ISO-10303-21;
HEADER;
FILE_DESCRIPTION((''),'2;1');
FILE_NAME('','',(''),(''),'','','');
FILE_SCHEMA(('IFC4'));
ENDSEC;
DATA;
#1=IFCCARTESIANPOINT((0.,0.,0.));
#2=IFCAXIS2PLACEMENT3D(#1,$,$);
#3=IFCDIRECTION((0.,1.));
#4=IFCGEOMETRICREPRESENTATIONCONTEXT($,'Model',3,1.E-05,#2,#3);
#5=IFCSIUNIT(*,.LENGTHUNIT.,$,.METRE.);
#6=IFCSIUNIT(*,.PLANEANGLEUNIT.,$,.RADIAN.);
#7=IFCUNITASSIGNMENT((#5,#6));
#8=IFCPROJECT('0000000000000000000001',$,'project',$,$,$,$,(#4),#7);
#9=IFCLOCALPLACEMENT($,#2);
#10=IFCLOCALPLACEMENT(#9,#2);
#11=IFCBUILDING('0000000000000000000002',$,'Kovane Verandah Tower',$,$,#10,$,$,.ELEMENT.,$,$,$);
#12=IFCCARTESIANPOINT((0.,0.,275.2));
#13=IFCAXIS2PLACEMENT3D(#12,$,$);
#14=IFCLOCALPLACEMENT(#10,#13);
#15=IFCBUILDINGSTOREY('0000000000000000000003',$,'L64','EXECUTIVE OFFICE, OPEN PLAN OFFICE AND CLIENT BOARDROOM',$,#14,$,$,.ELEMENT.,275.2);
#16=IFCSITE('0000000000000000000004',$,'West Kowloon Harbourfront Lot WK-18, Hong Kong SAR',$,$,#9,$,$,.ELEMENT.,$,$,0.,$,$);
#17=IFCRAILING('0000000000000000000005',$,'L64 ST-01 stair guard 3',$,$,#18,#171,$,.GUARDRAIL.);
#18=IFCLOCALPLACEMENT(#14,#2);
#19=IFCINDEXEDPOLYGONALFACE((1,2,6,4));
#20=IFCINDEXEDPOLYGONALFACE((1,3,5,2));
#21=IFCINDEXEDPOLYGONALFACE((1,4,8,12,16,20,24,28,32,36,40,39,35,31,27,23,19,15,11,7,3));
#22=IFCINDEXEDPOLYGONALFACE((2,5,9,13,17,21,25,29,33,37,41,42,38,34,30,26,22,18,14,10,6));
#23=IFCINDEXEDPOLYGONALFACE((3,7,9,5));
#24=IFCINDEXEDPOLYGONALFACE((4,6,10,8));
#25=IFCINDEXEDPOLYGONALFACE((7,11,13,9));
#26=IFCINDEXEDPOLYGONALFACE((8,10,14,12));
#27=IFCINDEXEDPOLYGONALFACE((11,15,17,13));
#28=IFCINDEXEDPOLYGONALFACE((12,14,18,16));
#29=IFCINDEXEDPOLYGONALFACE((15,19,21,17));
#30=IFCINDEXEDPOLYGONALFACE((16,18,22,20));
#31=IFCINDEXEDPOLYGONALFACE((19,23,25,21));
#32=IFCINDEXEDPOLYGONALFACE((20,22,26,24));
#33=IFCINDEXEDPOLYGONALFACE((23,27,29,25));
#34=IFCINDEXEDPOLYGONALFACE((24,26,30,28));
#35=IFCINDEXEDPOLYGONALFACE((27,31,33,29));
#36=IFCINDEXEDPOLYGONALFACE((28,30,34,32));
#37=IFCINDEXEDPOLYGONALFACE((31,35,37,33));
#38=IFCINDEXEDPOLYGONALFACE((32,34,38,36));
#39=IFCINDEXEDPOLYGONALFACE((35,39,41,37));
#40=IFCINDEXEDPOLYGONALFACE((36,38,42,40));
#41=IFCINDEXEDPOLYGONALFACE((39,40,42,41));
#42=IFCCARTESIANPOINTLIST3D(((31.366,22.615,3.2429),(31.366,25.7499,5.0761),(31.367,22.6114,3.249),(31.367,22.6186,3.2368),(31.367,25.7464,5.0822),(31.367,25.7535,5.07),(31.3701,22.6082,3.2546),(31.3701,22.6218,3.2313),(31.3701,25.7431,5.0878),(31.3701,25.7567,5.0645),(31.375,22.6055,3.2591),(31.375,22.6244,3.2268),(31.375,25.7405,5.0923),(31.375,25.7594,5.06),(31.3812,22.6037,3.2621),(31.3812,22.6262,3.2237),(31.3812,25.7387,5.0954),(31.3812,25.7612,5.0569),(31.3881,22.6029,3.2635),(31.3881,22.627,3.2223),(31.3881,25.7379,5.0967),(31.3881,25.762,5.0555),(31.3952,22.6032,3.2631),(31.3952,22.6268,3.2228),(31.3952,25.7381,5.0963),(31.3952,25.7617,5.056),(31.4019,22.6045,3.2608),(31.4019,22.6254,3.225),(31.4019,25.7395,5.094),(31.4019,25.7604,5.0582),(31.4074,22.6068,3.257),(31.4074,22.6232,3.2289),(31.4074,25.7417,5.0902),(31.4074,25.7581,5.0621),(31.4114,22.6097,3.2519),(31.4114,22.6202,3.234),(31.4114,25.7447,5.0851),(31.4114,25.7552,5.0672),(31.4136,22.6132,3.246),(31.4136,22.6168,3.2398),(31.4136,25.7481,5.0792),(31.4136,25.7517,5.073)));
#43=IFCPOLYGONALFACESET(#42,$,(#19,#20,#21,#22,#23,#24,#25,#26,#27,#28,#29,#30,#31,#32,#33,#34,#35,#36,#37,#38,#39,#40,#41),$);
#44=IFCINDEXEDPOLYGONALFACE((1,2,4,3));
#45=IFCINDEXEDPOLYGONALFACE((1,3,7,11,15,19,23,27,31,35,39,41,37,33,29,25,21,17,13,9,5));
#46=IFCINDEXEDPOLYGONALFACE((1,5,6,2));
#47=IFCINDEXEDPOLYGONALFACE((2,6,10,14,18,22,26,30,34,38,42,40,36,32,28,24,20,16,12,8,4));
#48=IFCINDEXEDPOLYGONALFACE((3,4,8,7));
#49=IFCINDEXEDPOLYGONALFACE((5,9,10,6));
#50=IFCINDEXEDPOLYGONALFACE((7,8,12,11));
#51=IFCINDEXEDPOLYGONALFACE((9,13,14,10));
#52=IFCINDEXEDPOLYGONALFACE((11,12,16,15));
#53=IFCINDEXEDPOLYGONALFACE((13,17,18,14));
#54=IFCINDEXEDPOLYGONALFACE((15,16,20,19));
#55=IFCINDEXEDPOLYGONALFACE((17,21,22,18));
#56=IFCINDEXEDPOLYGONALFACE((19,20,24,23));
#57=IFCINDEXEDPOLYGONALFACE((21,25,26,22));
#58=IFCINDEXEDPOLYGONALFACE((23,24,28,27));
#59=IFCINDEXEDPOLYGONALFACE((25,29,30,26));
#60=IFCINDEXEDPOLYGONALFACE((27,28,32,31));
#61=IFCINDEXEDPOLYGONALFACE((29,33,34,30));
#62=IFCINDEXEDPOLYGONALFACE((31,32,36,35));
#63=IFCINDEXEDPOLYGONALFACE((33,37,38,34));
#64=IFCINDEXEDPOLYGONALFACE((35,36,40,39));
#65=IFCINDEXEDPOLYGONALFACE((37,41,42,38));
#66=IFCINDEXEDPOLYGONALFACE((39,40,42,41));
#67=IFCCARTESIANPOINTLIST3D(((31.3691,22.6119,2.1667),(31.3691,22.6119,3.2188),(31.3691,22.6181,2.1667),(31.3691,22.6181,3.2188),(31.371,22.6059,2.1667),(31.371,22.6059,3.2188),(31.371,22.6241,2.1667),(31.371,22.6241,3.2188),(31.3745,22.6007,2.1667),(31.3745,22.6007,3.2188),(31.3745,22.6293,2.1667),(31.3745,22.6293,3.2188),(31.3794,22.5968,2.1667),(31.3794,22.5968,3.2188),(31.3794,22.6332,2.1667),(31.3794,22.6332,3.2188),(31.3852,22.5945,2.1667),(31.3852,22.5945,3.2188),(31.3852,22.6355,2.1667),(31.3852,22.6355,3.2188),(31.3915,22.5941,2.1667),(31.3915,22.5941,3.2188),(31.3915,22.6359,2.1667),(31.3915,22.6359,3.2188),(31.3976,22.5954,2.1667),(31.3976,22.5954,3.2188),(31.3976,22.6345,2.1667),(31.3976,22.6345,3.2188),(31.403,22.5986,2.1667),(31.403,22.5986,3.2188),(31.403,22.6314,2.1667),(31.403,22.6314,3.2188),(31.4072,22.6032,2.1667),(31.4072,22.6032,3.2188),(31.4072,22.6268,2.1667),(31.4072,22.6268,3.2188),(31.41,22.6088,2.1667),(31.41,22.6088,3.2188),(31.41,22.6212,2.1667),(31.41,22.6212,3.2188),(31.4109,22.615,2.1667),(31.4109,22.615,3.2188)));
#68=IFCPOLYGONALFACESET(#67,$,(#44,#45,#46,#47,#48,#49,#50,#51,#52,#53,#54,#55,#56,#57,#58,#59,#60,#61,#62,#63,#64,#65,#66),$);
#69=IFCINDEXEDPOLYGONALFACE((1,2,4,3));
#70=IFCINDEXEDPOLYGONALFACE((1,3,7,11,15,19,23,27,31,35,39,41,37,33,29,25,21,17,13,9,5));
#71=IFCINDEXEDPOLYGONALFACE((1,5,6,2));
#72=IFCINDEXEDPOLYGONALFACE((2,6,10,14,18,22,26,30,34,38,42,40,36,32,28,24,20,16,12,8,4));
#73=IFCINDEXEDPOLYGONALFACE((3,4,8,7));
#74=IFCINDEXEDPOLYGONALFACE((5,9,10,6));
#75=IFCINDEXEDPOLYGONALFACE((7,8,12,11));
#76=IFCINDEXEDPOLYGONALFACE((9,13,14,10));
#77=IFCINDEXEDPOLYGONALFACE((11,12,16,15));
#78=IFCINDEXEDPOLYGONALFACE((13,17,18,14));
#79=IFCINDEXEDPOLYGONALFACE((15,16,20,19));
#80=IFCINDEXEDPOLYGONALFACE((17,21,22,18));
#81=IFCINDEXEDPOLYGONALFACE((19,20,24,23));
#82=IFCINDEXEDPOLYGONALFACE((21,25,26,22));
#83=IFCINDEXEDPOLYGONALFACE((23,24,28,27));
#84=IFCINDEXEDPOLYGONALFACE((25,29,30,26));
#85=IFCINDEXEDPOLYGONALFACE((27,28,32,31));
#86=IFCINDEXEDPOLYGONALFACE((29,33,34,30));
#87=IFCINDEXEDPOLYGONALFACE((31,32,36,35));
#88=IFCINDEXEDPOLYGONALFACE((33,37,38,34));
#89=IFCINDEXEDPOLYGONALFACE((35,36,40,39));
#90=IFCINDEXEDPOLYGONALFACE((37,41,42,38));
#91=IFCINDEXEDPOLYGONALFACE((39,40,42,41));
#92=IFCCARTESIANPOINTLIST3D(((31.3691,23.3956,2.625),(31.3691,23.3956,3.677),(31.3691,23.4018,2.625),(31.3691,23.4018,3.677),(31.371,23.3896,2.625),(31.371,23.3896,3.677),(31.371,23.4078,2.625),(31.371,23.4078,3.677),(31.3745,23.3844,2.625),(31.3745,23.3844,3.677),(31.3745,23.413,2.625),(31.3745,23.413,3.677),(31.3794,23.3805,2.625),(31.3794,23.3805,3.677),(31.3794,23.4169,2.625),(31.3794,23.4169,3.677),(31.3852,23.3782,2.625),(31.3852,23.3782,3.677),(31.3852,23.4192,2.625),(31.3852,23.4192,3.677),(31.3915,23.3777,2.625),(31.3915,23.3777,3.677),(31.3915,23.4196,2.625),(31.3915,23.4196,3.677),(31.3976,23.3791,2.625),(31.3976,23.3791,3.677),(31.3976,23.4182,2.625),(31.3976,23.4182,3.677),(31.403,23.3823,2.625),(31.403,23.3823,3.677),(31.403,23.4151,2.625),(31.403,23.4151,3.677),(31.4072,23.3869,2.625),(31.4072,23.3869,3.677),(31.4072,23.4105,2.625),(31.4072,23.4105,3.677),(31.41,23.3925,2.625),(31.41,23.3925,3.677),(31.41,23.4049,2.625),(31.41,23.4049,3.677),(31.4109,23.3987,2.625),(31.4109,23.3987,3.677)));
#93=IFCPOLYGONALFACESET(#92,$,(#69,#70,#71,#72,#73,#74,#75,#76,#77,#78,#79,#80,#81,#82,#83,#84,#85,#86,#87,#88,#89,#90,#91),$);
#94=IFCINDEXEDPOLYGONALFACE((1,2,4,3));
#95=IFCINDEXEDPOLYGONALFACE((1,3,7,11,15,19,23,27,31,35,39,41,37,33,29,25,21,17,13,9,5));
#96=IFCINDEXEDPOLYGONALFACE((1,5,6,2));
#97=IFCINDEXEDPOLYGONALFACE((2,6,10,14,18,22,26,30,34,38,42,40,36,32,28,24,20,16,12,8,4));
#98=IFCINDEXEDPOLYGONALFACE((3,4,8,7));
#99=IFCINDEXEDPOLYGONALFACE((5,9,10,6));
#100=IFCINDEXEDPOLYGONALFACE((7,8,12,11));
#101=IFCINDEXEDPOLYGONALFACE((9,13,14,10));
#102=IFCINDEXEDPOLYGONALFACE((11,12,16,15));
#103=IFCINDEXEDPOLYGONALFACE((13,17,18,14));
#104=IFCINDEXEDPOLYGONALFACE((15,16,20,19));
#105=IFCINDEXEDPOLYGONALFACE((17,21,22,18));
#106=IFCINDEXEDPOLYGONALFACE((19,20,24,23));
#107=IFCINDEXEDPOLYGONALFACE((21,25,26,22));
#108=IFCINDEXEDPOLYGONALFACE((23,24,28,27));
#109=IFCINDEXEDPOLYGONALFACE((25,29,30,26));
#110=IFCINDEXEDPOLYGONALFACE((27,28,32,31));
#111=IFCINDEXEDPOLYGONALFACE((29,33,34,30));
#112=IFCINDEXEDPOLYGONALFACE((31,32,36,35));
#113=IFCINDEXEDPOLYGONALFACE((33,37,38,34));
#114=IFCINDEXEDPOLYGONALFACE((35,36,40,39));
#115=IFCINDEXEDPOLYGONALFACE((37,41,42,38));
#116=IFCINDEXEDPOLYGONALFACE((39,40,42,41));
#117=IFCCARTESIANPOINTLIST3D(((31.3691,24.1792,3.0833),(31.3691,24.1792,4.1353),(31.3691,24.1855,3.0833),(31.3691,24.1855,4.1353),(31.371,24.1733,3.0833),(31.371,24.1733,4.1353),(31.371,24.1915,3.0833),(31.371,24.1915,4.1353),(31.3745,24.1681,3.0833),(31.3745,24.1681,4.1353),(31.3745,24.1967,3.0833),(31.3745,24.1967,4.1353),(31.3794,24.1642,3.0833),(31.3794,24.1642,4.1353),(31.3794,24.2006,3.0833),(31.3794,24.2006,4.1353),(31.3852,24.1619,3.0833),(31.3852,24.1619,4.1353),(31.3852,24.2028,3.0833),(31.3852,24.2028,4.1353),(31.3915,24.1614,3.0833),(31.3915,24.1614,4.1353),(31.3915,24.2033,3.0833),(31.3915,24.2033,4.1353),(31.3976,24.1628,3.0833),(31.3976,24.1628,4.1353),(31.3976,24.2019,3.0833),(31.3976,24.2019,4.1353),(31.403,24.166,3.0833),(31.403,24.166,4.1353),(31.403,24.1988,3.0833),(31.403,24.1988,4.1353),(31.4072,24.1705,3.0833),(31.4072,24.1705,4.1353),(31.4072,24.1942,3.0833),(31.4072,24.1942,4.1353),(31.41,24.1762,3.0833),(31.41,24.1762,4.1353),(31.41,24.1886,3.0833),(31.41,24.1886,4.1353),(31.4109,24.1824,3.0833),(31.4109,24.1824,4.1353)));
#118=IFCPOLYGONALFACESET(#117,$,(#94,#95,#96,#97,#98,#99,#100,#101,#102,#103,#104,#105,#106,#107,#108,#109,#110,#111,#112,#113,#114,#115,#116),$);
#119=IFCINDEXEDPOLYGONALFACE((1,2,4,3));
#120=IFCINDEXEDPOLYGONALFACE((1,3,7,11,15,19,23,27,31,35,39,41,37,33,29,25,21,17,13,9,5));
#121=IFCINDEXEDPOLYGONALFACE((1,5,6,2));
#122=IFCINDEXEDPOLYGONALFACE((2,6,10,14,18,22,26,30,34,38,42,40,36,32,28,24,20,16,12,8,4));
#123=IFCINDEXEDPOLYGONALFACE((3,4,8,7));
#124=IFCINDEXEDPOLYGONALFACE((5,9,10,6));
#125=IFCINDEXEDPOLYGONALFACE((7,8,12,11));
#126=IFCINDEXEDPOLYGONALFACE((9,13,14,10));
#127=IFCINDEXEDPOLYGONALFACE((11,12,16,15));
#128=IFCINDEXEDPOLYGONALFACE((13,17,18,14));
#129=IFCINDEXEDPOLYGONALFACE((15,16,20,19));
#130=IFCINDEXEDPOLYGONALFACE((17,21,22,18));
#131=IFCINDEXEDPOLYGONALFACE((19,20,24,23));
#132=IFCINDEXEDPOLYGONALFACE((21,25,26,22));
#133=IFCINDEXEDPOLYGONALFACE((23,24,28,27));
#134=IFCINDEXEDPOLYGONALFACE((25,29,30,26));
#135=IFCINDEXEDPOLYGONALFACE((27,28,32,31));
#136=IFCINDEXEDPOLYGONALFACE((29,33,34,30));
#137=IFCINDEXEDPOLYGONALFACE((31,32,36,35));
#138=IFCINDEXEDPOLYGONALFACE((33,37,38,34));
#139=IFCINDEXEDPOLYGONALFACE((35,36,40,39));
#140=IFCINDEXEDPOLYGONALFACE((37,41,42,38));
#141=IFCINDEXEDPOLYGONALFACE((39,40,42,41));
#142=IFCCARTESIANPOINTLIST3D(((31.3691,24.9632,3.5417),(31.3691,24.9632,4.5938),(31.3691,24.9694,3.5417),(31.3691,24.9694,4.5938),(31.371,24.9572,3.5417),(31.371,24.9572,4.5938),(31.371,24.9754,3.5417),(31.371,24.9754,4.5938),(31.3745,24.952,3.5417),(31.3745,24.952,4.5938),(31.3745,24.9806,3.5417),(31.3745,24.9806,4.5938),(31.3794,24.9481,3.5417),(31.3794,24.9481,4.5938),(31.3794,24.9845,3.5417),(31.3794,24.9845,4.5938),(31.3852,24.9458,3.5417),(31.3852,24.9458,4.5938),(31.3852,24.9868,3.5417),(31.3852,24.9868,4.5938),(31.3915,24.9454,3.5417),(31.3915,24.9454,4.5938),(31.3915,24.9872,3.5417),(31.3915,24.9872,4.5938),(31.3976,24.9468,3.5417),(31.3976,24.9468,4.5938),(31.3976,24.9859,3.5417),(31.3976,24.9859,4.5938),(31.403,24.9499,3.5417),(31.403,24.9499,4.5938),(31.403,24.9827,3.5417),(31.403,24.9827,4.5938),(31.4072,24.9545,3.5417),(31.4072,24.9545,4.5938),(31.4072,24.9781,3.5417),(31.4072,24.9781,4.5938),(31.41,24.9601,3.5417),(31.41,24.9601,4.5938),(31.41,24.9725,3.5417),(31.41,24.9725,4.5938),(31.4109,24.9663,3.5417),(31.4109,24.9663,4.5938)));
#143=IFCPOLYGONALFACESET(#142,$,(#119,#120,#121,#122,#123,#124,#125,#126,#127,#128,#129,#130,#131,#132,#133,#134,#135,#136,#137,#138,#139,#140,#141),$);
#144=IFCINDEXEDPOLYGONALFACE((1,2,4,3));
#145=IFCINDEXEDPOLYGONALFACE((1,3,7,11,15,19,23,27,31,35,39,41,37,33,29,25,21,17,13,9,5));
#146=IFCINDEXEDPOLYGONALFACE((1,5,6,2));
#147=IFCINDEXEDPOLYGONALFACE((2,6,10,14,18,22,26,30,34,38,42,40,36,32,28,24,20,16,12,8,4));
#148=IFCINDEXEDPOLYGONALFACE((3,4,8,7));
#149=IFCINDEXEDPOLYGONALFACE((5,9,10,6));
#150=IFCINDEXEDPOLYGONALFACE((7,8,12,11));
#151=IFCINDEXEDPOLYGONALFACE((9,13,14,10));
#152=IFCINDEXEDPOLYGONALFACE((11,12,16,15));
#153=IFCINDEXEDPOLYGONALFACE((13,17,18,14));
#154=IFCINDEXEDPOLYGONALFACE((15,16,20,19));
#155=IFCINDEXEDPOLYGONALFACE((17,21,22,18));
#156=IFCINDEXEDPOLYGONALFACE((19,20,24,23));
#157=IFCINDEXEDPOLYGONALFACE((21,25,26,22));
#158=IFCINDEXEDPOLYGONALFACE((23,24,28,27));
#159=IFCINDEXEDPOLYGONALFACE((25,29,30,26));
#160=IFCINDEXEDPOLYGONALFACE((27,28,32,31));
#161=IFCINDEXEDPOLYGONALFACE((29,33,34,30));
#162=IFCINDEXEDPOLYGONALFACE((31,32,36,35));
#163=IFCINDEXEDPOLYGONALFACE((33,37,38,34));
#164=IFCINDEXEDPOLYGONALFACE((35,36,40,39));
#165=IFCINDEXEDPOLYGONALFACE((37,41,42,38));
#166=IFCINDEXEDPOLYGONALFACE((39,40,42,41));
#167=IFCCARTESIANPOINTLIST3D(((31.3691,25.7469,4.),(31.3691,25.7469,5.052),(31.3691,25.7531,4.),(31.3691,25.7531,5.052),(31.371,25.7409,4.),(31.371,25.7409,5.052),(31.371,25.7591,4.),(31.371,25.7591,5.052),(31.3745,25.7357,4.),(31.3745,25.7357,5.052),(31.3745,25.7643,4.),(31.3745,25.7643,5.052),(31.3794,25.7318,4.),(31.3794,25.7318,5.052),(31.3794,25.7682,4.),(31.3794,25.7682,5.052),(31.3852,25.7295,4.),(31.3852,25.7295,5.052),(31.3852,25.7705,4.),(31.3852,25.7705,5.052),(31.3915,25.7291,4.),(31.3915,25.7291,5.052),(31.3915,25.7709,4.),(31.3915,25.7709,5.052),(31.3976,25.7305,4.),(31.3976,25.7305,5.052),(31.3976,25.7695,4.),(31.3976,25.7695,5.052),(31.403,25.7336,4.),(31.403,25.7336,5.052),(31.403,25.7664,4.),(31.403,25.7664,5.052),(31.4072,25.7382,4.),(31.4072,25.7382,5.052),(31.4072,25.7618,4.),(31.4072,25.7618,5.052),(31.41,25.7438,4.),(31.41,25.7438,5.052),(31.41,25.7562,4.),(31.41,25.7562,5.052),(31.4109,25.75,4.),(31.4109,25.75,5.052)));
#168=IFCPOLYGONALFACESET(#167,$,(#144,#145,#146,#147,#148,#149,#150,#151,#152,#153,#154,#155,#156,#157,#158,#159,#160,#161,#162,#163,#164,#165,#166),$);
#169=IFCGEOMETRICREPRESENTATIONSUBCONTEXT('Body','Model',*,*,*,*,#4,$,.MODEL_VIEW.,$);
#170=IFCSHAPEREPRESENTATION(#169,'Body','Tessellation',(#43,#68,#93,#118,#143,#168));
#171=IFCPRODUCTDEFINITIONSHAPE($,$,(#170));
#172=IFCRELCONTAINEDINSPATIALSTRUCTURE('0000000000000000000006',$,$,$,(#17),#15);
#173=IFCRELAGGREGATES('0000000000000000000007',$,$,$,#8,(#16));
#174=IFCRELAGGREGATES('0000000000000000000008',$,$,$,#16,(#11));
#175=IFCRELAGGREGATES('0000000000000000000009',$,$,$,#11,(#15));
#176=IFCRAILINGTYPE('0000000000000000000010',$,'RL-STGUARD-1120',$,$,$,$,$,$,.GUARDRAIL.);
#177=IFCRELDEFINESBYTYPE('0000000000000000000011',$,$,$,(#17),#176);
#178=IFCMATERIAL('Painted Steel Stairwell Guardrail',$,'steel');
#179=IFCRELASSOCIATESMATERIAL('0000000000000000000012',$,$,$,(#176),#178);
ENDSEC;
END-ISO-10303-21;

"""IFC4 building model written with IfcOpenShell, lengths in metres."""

from ifc_helpers import new_model, si_unit, direction, frame, origin, origin_2d, place, context, subcontext, project, spatial, circle, extrude, material, type_object, element, save


model = new_model("IFC4")

# Units and contexts
model_context = context("Model", 3, precision=1e-05, world=origin(), true_north=direction((0.0, 1.0)))
body_context = subcontext(model_context, "Body", "Model", "MODEL_VIEW")
ifc_project = project(units=[si_unit("LENGTHUNIT", "METRE"), si_unit("PLANEANGLEUNIT", "RADIAN")], contexts=[model_context])

# Site, building, storey
site_placement = place(None, origin())
site = spatial("IfcSite", under=ifc_project, at=site_placement, Name="West Kowloon Harbourfront Lot WK-18, Hong Kong SAR", CompositionType="ELEMENT", RefElevation=0.0)
building_placement = place(site_placement, origin())
building = spatial("IfcBuilding", under=site, at=building_placement, Name="Kovane Verandah Tower", CompositionType="ELEMENT")
storey_placement = place(building_placement, frame((0.0, 0.0, 275.2)))
storey = spatial("IfcBuildingStorey", under=building, at=storey_placement, Name="L64", Description="EXECUTIVE OFFICE, OPEN PLAN OFFICE AND CLIENT BOARDROOM", CompositionType="ELEMENT", Elevation=275.2)

# Railing
ifc_material_1 = material(Name="Painted Steel Stairwell Guardrail", Category="steel")
railing_type_1 = type_object("IfcRailingType", Name="RL-STGUARD-1120", PredefinedType="GUARDRAIL", material=ifc_material_1)
railing_1_placement = place(storey_placement, frame((31.3899, 22.615, 2.1667)))
element("IfcRailing", 1, at=railing_1_placement, inside=storey, type_object=railing_type_1, Name="L64 ST-01 stair guard 3", PredefinedType="GUARDRAIL", context=body_context, shape_type="SweptSolid", body=[
    extrude(circle(Radius=0.0239, at=origin_2d()), frame((0.0, 0.0, 1.0762), z_axis=(0.0, 0.86324, 0.504794), x_axis=(-1.0, 0.0, 0.0)), (0.0, 0.0, 1.0), 3.6316),
    extrude(circle(Radius=0.021, at=origin_2d()), origin(), (0.0, 0.0, 1.0), 1.052),
    extrude(circle(Radius=0.021, at=origin_2d()), frame((0.0, 0.7837, 0.4583)), (0.0, 0.0, 1.0), 1.052),
    extrude(circle(Radius=0.021, at=origin_2d()), frame((0.0, 1.5674, 0.9165)), (0.0, 0.0, 1.0), 1.052),
    extrude(circle(Radius=0.021, at=origin_2d()), frame((0.0, 2.3513, 1.375)), (0.0, 0.0, 1.0), 1.052),
    extrude(circle(Radius=0.021, at=origin_2d()), frame((0.0, 3.135, 1.8333)), (0.0, 0.0, 1.0), 1.052),
])

save(model, "model.ifc")
